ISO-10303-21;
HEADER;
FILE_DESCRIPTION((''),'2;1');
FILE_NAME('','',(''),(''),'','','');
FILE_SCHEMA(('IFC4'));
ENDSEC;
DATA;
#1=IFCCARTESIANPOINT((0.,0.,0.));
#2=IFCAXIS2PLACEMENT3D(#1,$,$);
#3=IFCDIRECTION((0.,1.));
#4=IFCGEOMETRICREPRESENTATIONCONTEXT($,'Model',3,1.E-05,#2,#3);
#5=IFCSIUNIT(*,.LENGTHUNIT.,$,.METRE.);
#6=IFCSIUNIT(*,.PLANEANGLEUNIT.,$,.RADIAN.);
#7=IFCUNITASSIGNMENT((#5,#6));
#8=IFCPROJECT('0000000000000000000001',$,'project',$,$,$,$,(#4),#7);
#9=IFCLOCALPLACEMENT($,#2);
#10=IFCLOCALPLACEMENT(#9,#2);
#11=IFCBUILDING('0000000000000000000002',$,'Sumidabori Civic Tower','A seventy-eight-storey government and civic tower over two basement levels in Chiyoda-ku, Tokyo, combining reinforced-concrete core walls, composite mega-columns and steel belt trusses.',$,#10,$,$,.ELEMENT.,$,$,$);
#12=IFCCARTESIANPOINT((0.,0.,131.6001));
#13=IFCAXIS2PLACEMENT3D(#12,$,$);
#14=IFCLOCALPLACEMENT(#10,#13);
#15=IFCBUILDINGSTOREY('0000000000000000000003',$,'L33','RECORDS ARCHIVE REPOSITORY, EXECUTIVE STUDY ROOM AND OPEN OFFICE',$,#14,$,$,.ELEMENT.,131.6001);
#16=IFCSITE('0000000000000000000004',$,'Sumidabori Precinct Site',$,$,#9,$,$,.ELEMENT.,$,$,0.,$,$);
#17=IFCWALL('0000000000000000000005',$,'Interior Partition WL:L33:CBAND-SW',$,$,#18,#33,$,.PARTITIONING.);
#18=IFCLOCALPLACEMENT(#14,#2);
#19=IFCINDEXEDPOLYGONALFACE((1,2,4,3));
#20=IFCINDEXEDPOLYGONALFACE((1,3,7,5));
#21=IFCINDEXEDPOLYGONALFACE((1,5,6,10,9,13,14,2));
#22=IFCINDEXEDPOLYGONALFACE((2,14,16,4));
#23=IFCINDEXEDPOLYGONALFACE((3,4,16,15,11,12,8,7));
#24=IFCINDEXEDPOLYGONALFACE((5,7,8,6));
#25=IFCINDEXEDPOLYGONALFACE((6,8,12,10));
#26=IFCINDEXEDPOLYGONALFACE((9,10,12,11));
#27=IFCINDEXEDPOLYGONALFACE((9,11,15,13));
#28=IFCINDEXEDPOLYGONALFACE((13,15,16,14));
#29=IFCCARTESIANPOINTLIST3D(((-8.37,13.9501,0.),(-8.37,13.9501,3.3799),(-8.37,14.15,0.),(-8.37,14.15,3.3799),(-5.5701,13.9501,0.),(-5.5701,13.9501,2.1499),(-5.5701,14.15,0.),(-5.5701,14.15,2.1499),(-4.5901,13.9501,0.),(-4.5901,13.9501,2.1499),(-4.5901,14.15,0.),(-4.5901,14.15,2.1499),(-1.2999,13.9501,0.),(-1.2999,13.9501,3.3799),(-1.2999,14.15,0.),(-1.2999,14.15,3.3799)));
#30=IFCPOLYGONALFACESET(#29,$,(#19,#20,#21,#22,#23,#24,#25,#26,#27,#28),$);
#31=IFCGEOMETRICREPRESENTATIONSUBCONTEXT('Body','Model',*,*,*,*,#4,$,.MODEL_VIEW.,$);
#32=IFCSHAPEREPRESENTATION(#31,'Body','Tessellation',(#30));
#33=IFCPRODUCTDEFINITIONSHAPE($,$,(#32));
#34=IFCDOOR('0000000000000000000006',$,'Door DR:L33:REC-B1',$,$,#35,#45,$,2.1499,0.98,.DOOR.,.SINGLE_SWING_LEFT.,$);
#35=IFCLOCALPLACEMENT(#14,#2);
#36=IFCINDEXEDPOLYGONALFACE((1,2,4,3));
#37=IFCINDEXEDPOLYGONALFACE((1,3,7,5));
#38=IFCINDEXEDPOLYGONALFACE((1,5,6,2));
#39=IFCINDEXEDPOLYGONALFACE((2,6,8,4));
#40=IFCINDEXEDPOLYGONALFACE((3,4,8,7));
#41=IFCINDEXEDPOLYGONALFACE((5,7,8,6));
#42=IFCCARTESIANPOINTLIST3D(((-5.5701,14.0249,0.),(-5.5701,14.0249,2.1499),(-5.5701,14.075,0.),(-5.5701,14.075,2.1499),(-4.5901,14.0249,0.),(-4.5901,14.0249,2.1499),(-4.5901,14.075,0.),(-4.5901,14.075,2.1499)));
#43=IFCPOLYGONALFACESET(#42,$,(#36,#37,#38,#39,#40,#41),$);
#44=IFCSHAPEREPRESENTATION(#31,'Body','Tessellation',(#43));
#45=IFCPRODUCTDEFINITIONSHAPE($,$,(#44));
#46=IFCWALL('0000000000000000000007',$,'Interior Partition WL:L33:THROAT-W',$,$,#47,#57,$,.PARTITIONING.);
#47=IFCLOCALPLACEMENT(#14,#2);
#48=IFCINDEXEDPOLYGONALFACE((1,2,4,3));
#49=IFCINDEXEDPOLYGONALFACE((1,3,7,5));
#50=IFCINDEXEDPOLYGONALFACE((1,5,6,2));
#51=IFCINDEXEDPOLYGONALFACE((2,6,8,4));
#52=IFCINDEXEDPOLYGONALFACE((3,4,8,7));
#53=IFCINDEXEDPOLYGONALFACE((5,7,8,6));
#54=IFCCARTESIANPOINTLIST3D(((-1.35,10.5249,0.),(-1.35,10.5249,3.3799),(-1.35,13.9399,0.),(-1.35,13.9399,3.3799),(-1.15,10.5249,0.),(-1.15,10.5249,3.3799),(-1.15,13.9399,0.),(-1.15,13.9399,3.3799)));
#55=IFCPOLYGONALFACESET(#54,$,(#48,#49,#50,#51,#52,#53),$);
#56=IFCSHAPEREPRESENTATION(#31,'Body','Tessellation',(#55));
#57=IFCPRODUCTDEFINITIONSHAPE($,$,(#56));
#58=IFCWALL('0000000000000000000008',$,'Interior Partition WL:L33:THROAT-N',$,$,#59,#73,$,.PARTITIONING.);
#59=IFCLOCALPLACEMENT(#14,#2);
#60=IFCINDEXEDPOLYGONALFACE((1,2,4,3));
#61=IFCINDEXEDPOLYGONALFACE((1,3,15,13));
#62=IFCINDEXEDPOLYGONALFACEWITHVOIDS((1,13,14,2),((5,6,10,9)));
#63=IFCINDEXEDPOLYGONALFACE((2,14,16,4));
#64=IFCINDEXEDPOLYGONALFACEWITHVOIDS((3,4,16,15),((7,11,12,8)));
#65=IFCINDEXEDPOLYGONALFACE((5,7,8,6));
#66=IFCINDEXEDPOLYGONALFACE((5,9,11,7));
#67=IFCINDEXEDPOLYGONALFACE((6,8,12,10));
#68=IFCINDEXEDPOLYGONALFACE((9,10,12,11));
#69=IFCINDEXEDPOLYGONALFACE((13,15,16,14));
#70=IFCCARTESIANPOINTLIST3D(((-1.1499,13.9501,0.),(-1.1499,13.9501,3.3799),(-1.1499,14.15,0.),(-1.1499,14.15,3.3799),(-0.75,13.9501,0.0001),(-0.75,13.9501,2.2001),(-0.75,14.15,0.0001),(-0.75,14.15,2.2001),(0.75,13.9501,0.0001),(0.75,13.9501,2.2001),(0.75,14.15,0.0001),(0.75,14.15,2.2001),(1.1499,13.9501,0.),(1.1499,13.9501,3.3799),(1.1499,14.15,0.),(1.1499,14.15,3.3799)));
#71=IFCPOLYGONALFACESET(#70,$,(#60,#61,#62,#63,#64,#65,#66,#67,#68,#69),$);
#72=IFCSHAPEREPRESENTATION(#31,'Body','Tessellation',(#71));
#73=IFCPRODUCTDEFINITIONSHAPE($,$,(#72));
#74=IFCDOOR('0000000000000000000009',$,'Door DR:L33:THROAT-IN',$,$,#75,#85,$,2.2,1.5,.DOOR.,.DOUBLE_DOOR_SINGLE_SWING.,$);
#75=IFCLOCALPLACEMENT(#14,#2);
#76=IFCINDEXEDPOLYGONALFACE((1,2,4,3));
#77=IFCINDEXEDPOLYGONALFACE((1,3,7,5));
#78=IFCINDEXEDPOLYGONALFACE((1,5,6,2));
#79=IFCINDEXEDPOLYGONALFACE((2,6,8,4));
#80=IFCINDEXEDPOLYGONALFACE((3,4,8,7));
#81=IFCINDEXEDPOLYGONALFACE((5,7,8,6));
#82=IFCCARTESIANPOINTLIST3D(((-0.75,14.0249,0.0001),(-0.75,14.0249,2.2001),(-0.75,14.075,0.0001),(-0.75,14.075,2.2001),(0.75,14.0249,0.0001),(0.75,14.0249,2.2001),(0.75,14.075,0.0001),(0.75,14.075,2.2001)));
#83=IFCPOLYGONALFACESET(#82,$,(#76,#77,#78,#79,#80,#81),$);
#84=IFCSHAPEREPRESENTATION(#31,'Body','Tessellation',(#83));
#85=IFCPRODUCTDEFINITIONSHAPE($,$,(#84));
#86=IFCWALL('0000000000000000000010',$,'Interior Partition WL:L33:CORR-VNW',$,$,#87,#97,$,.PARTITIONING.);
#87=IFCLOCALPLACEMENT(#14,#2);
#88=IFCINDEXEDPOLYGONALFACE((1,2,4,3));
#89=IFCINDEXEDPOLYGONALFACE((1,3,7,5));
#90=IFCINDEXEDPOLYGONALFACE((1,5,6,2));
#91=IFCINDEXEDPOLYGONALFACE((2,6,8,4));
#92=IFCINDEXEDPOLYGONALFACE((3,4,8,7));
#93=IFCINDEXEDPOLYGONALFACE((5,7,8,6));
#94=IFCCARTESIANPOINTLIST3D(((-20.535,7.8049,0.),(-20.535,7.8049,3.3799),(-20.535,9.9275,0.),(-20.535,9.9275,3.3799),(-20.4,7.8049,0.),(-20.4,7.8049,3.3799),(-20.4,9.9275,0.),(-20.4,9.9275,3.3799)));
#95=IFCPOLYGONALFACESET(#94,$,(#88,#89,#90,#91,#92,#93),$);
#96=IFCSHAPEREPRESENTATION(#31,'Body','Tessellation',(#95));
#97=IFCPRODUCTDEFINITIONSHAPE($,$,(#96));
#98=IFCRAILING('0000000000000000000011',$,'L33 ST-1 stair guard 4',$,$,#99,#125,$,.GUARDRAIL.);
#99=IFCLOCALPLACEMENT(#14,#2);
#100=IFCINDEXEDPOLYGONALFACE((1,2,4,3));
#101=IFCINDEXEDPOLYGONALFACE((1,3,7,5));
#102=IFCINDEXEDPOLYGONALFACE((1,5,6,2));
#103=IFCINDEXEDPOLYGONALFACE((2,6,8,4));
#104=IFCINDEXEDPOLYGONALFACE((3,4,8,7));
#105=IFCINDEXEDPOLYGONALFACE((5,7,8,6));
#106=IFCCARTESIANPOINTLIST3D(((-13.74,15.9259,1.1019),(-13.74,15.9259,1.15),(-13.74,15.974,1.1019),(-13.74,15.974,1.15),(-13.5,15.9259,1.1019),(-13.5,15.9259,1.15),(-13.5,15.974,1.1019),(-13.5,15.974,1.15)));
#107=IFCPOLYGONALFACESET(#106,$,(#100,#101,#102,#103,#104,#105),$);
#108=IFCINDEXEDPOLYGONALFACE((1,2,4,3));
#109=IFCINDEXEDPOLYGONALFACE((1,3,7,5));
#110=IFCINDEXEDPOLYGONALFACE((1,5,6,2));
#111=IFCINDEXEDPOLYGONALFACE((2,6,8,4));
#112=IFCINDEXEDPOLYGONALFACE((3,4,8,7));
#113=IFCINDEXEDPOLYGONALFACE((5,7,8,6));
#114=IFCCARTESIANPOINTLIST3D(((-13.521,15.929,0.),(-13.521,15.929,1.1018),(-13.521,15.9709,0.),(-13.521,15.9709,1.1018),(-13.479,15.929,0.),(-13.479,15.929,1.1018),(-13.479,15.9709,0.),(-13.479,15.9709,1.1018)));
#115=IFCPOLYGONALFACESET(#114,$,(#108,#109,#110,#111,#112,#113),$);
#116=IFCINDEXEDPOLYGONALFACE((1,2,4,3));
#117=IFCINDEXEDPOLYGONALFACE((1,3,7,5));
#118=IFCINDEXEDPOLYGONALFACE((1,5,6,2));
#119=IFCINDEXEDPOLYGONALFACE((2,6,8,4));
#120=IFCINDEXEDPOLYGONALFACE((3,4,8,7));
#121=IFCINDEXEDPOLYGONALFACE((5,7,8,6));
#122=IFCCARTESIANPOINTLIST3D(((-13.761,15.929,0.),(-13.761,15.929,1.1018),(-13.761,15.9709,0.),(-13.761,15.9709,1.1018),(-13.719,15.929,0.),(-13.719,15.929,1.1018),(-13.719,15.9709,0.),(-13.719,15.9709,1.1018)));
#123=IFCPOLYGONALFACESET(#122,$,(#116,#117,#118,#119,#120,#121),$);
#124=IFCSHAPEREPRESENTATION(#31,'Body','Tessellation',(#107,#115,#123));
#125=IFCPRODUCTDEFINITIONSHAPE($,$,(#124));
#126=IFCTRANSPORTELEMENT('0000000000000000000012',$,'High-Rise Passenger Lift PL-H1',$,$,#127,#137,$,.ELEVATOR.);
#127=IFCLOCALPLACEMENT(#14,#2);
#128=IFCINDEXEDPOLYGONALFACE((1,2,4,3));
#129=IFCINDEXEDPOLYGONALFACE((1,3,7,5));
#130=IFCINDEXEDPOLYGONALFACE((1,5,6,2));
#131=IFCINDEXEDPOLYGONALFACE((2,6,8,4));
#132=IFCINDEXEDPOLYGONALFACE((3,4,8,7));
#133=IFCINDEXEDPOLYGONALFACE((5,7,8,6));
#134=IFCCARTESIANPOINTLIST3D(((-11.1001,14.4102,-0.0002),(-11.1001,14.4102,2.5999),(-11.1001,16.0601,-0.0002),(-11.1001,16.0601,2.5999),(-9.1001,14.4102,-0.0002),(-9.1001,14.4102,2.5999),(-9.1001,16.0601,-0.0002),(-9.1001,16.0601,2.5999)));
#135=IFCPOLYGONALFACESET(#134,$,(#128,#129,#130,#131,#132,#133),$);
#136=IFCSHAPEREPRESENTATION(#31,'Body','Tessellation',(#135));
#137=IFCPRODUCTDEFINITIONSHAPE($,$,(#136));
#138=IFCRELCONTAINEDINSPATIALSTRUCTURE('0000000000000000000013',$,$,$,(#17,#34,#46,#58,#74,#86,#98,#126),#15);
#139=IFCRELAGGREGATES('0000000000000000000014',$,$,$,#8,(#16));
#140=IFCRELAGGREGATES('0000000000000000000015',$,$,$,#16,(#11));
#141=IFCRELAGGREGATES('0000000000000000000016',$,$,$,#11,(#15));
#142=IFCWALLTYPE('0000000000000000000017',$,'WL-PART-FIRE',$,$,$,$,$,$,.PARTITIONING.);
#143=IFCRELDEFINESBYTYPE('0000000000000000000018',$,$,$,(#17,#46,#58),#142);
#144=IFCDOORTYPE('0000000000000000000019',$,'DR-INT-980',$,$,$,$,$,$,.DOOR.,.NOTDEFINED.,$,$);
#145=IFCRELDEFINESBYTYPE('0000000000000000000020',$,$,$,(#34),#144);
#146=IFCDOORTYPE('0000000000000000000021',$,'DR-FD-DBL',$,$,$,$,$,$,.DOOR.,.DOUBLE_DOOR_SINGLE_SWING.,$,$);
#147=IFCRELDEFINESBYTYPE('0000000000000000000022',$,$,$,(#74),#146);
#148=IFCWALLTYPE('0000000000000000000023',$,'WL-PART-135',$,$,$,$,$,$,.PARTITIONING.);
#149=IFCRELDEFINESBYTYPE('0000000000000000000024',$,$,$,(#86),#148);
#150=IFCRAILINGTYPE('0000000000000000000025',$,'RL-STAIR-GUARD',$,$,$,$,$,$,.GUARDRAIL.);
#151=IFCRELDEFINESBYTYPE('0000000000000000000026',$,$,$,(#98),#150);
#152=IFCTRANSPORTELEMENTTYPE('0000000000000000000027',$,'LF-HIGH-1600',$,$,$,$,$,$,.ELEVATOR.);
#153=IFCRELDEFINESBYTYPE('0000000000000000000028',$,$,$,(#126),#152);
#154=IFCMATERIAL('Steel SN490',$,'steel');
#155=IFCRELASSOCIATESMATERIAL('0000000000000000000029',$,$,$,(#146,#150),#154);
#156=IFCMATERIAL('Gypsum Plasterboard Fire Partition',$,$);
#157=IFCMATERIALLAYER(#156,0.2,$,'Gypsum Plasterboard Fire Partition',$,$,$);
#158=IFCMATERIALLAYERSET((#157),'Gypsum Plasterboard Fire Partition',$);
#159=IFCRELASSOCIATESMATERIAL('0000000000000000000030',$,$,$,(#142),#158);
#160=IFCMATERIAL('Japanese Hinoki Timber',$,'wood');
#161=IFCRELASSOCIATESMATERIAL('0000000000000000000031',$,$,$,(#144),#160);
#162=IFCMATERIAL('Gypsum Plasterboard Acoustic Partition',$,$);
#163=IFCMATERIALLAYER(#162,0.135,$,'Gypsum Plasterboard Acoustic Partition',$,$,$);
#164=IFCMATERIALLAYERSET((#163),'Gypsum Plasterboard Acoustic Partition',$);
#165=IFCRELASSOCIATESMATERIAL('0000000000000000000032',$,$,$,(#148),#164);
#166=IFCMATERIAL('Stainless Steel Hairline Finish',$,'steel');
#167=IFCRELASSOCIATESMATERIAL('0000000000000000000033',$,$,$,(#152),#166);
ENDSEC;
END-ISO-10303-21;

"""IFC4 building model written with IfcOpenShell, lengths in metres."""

from ifc_helpers import new_model, si_unit, direction, frame, frame_2d, origin, origin_2d, place, context, subcontext, project, spatial, rectangle, extrude, source, transform, mapped, material, layer, layer_set, type_object, element, fill, save


model = new_model("IFC4")

# Units and contexts
model_context = context("Model", 3, precision=1e-05, world=origin(), true_north=direction((0.0, 1.0)))
body_context = subcontext(model_context, "Body", "Model", "MODEL_VIEW")
ifc_project = project(units=[si_unit("LENGTHUNIT", "METRE"), si_unit("PLANEANGLEUNIT", "RADIAN")], contexts=[model_context])

# Site, building, storey
site_placement = place(None, origin())
site = spatial("IfcSite", under=ifc_project, at=site_placement, Name="Sumidabori Precinct Site", CompositionType="ELEMENT", RefElevation=0.0)
building_placement = place(site_placement, origin())
building = spatial("IfcBuilding", under=site, at=building_placement, Name="Sumidabori Civic Tower", Description="A seventy-eight-storey government and civic tower over two basement levels in Chiyoda-ku, Tokyo, combining reinforced-concrete core walls, composite mega-columns and steel belt trusses.", CompositionType="ELEMENT")
storey_placement = place(building_placement, frame((0.0, 0.0, 131.6001)))
storey = spatial("IfcBuildingStorey", under=building, at=storey_placement, Name="L33", Description="RECORDS ARCHIVE REPOSITORY, EXECUTIVE STUDY ROOM AND OPEN OFFICE", CompositionType="ELEMENT", Elevation=131.6001)

# Shared definitions
ifc_material_1 = material(Name="Steel SN490", Category="steel")

# Shared definitions
door_type_1 = type_object("IfcDoorType", Name="DR-FD-DBL", OperationType="DOUBLE_DOOR_SINGLE_SWING", PredefinedType="DOOR", material=ifc_material_1)
shared_shape_1 = source(origin(), body_context, "Body", "SweptSolid", [
    extrude(rectangle(XDim=1.5, YDim=2.2, at=frame_2d((0.75, 1.1001))), frame((0.0, 0.0249, 0.0), z_axis=(0.0, -1.0, 0.0), x_axis=(1.0, 0.0, 0.0)), (0.0, 0.0, 1.0), 0.05),
])

# Shared definitions
ifc_material_2 = material(Name="Stainless Steel Hairline Finish", Category="steel")

# Wall, opening, door
ifc_material_3 = material(Name="Gypsum Plasterboard Fire Partition")
ifc_layer_1 = layer(ifc_material_3, 0.2, Name="Gypsum Plasterboard Fire Partition")
ifc_layer_set_1 = layer_set([ifc_layer_1], Name="Gypsum Plasterboard Fire Partition")
wall_type_1 = type_object("IfcWallType", Name="WL-PART-FIRE", PredefinedType="PARTITIONING", material=ifc_layer_set_1)
shared_shape_2 = source(origin(), body_context, "Body", "SweptSolid", [
    extrude(rectangle(XDim=7.0701, YDim=0.2, at=frame_2d((3.5352, 0.0))), origin(), (0.0, 0.0, 1.0), 3.3799),
])
wall_1_placement = place(storey_placement, frame((-8.3701, 14.05, 0.0), z_axis=(0.0, 0.0, 1.0), x_axis=(1.0, 0.0, 0.0)))
wall_1 = element("IfcWall", 1, at=wall_1_placement, inside=storey, type_object=wall_type_1, Name="Interior Partition WL:L33:CBAND-SW", PredefinedType="PARTITIONING", context=body_context, shape_type="MappedRepresentation", body=[
    mapped(shared_shape_2, transform((0.0, 0.0, 0.0), x_axis=(1.0, 0.0, 0.0), y_axis=(0.0, 1.0, 0.0), z_axis=(0.0, 0.0, 1.0), scale=1.0)),
])
opening_1_placement = place(wall_1_placement, frame((2.8, 0.0, 0.0)))
opening_1 = element("IfcOpeningElement", 2, at=opening_1_placement, cuts=wall_1, PredefinedType="OPENING", context=body_context, shape_type="SweptSolid", body=[
    extrude(rectangle(XDim=0.98, YDim=2.1499, at=frame_2d((0.49, 1.075))), frame((0.0, 0.1118, 0.0), z_axis=(0.0, -1.0, 0.0), x_axis=(1.0, 0.0, 0.0)), (0.0, 0.0, 1.0), 0.2239),
])
ifc_material_4 = material(Name="Japanese Hinoki Timber", Category="wood")
door_type_2 = type_object("IfcDoorType", Name="DR-INT-980", OperationType="NOTDEFINED", PredefinedType="DOOR", material=ifc_material_4)
shared_shape_3 = source(origin(), body_context, "Body", "SweptSolid", [
    extrude(rectangle(XDim=0.98, YDim=2.1499, at=frame_2d((0.49, 1.075))), frame((0.0, 0.0249, 0.0), z_axis=(0.0, -1.0, 0.0), x_axis=(1.0, 0.0, 0.0)), (0.0, 0.0, 1.0), 0.05),
])
door_1_placement = place(opening_1_placement, origin())
door_1 = element("IfcDoor", 3, at=door_1_placement, inside=storey, type_object=door_type_2, Name="Door DR:L33:REC-B1", OperationType="SINGLE_SWING_LEFT", OverallHeight=2.1499, OverallWidth=0.98, PredefinedType="DOOR", context=body_context, shape_type="MappedRepresentation", body=[
    mapped(shared_shape_3, transform((0.0, 0.0, 0.0), x_axis=(1.0, 0.0, 0.0), y_axis=(0.0, 1.0, 0.0), z_axis=(0.0, 0.0, 1.0), scale=1.0)),
])
fill(opening_1, door_1)

# Wall
shared_shape_4 = source(origin(), body_context, "Body", "SweptSolid", [
    extrude(rectangle(XDim=3.415, YDim=0.2, at=frame_2d((1.7075, 0.0))), origin(), (0.0, 0.0, 1.0), 3.3799),
])
wall_2_placement = place(storey_placement, frame((-1.25, 10.5249, 0.0), z_axis=(0.0, 0.0, 1.0), x_axis=(0.0, 1.0, 0.0)))
element("IfcWall", 4, at=wall_2_placement, inside=storey, type_object=wall_type_1, Name="Interior Partition WL:L33:THROAT-W", PredefinedType="PARTITIONING", context=body_context, shape_type="MappedRepresentation", body=[
    mapped(shared_shape_4, transform((0.0, 0.0, 0.0), x_axis=(1.0, 0.0, 0.0), y_axis=(0.0, 1.0, 0.0), z_axis=(0.0, 0.0, 1.0), scale=1.0)),
])

# Wall, opening, door
shared_shape_5 = source(origin(), body_context, "Body", "SweptSolid", [
    extrude(rectangle(XDim=2.2998, YDim=0.2, at=frame_2d((1.1499, 0.0))), origin(), (0.0, 0.0, 1.0), 3.3799),
])
wall_3_placement = place(storey_placement, frame((-1.1499, 14.05, 0.0), z_axis=(0.0, 0.0, 1.0), x_axis=(1.0, 0.0, 0.0)))
wall_3 = element("IfcWall", 5, at=wall_3_placement, inside=storey, type_object=wall_type_1, Name="Interior Partition WL:L33:THROAT-N", PredefinedType="PARTITIONING", context=body_context, shape_type="MappedRepresentation", body=[
    mapped(shared_shape_5, transform((0.0, 0.0, 0.0), x_axis=(1.0, 0.0, 0.0), y_axis=(0.0, 1.0, 0.0), z_axis=(0.0, 0.0, 1.0), scale=1.0)),
])
opening_2_placement = place(wall_3_placement, frame((0.3999, 0.0, 0.0)))
opening_2 = element("IfcOpeningElement", 6, at=opening_2_placement, cuts=wall_3, PredefinedType="OPENING", context=body_context, shape_type="SweptSolid", body=[
    extrude(rectangle(XDim=1.5, YDim=2.2, at=frame_2d((0.75, 1.1001))), frame((0.0, 0.1118, 0.0), z_axis=(0.0, -1.0, 0.0), x_axis=(1.0, 0.0, 0.0)), (0.0, 0.0, 1.0), 0.2239),
])
door_2_placement = place(opening_2_placement, origin())
door_2 = element("IfcDoor", 7, at=door_2_placement, inside=storey, type_object=door_type_1, Name="Door DR:L33:THROAT-IN", OperationType="DOUBLE_DOOR_SINGLE_SWING", OverallHeight=2.2, OverallWidth=1.5, PredefinedType="DOOR", context=body_context, shape_type="MappedRepresentation", body=[
    mapped(shared_shape_1, transform((0.0, 0.0, 0.0), x_axis=(1.0, 0.0, 0.0), y_axis=(0.0, 1.0, 0.0), z_axis=(0.0, 0.0, 1.0), scale=1.0)),
])
fill(opening_2, door_2)

# Wall
ifc_material_5 = material(Name="Gypsum Plasterboard Acoustic Partition")
ifc_layer_2 = layer(ifc_material_5, 0.135, Name="Gypsum Plasterboard Acoustic Partition")
ifc_layer_set_2 = layer_set([ifc_layer_2], Name="Gypsum Plasterboard Acoustic Partition")
wall_type_2 = type_object("IfcWallType", Name="WL-PART-135", PredefinedType="PARTITIONING", material=ifc_layer_set_2)
shared_shape_6 = source(origin(), body_context, "Body", "SweptSolid", [
    extrude(rectangle(XDim=2.1226, YDim=0.135, at=frame_2d((1.0613, 0.0))), origin(), (0.0, 0.0, 1.0), 3.3799),
])
wall_4_placement = place(storey_placement, frame((-20.4675, 7.8049, 0.0), z_axis=(0.0, 0.0, 1.0), x_axis=(0.0, 1.0, 0.0)))
element("IfcWall", 8, at=wall_4_placement, inside=storey, type_object=wall_type_2, Name="Interior Partition WL:L33:CORR-VNW", PredefinedType="PARTITIONING", context=body_context, shape_type="MappedRepresentation", body=[
    mapped(shared_shape_6, transform((0.0, 0.0, 0.0), x_axis=(1.0, 0.0, 0.0), y_axis=(0.0, 1.0, 0.0), z_axis=(0.0, 0.0, 1.0), scale=1.0)),
])

# Railing
railing_type = type_object("IfcRailingType", Name="RL-STAIR-GUARD", PredefinedType="GUARDRAIL", material=ifc_material_1)
railing_placement = place(storey_placement, frame((-13.5, 15.95, 0.0)))
element("IfcRailing", 9, at=railing_placement, inside=storey, type_object=railing_type, Name="L33 ST-1 stair guard 4", PredefinedType="GUARDRAIL", context=body_context, shape_type="SweptSolid", body=[
    extrude(rectangle(XDim=0.0481, YDim=0.0481, at=origin_2d()), frame((0.0, 0.0, 1.126), z_axis=(-1.0, 0.0, 0.0), x_axis=(0.0, -1.0, 0.0)), (0.0, 0.0, 1.0), 0.24),
    extrude(rectangle(XDim=0.042, YDim=0.042, at=origin_2d()), origin(), (0.0, 0.0, 1.0), 1.1018),
    extrude(rectangle(XDim=0.042, YDim=0.042, at=origin_2d()), frame((-0.24, 0.0, 0.0)), (0.0, 0.0, 1.0), 1.1018),
])

# Transport element
transport_element_type = type_object("IfcTransportElementType", Name="LF-HIGH-1600", PredefinedType="ELEVATOR", material=ifc_material_2)
shared_shape_7 = source(origin(), body_context, "Body", "SweptSolid", [
    extrude(rectangle(XDim=2.0, YDim=1.6499, at=origin_2d()), origin(), (0.0, 0.0, 1.0), 2.6001),
])
transport_element_placement = place(storey_placement, frame((-10.1001, 15.2351, -0.0002), z_axis=(0.0, 0.0, 1.0), x_axis=(1.0, 0.0, 0.0)))
element("IfcTransportElement", 10, at=transport_element_placement, inside=storey, type_object=transport_element_type, Name="High-Rise Passenger Lift PL-H1", PredefinedType="ELEVATOR", context=body_context, shape_type="MappedRepresentation", body=[
    mapped(shared_shape_7, transform((0.0, 0.0, 0.0), x_axis=(1.0, 0.0, 0.0), y_axis=(0.0, 1.0, 0.0), z_axis=(0.0, 0.0, 1.0), scale=1.0)),
])

save(model, "model.ifc")
